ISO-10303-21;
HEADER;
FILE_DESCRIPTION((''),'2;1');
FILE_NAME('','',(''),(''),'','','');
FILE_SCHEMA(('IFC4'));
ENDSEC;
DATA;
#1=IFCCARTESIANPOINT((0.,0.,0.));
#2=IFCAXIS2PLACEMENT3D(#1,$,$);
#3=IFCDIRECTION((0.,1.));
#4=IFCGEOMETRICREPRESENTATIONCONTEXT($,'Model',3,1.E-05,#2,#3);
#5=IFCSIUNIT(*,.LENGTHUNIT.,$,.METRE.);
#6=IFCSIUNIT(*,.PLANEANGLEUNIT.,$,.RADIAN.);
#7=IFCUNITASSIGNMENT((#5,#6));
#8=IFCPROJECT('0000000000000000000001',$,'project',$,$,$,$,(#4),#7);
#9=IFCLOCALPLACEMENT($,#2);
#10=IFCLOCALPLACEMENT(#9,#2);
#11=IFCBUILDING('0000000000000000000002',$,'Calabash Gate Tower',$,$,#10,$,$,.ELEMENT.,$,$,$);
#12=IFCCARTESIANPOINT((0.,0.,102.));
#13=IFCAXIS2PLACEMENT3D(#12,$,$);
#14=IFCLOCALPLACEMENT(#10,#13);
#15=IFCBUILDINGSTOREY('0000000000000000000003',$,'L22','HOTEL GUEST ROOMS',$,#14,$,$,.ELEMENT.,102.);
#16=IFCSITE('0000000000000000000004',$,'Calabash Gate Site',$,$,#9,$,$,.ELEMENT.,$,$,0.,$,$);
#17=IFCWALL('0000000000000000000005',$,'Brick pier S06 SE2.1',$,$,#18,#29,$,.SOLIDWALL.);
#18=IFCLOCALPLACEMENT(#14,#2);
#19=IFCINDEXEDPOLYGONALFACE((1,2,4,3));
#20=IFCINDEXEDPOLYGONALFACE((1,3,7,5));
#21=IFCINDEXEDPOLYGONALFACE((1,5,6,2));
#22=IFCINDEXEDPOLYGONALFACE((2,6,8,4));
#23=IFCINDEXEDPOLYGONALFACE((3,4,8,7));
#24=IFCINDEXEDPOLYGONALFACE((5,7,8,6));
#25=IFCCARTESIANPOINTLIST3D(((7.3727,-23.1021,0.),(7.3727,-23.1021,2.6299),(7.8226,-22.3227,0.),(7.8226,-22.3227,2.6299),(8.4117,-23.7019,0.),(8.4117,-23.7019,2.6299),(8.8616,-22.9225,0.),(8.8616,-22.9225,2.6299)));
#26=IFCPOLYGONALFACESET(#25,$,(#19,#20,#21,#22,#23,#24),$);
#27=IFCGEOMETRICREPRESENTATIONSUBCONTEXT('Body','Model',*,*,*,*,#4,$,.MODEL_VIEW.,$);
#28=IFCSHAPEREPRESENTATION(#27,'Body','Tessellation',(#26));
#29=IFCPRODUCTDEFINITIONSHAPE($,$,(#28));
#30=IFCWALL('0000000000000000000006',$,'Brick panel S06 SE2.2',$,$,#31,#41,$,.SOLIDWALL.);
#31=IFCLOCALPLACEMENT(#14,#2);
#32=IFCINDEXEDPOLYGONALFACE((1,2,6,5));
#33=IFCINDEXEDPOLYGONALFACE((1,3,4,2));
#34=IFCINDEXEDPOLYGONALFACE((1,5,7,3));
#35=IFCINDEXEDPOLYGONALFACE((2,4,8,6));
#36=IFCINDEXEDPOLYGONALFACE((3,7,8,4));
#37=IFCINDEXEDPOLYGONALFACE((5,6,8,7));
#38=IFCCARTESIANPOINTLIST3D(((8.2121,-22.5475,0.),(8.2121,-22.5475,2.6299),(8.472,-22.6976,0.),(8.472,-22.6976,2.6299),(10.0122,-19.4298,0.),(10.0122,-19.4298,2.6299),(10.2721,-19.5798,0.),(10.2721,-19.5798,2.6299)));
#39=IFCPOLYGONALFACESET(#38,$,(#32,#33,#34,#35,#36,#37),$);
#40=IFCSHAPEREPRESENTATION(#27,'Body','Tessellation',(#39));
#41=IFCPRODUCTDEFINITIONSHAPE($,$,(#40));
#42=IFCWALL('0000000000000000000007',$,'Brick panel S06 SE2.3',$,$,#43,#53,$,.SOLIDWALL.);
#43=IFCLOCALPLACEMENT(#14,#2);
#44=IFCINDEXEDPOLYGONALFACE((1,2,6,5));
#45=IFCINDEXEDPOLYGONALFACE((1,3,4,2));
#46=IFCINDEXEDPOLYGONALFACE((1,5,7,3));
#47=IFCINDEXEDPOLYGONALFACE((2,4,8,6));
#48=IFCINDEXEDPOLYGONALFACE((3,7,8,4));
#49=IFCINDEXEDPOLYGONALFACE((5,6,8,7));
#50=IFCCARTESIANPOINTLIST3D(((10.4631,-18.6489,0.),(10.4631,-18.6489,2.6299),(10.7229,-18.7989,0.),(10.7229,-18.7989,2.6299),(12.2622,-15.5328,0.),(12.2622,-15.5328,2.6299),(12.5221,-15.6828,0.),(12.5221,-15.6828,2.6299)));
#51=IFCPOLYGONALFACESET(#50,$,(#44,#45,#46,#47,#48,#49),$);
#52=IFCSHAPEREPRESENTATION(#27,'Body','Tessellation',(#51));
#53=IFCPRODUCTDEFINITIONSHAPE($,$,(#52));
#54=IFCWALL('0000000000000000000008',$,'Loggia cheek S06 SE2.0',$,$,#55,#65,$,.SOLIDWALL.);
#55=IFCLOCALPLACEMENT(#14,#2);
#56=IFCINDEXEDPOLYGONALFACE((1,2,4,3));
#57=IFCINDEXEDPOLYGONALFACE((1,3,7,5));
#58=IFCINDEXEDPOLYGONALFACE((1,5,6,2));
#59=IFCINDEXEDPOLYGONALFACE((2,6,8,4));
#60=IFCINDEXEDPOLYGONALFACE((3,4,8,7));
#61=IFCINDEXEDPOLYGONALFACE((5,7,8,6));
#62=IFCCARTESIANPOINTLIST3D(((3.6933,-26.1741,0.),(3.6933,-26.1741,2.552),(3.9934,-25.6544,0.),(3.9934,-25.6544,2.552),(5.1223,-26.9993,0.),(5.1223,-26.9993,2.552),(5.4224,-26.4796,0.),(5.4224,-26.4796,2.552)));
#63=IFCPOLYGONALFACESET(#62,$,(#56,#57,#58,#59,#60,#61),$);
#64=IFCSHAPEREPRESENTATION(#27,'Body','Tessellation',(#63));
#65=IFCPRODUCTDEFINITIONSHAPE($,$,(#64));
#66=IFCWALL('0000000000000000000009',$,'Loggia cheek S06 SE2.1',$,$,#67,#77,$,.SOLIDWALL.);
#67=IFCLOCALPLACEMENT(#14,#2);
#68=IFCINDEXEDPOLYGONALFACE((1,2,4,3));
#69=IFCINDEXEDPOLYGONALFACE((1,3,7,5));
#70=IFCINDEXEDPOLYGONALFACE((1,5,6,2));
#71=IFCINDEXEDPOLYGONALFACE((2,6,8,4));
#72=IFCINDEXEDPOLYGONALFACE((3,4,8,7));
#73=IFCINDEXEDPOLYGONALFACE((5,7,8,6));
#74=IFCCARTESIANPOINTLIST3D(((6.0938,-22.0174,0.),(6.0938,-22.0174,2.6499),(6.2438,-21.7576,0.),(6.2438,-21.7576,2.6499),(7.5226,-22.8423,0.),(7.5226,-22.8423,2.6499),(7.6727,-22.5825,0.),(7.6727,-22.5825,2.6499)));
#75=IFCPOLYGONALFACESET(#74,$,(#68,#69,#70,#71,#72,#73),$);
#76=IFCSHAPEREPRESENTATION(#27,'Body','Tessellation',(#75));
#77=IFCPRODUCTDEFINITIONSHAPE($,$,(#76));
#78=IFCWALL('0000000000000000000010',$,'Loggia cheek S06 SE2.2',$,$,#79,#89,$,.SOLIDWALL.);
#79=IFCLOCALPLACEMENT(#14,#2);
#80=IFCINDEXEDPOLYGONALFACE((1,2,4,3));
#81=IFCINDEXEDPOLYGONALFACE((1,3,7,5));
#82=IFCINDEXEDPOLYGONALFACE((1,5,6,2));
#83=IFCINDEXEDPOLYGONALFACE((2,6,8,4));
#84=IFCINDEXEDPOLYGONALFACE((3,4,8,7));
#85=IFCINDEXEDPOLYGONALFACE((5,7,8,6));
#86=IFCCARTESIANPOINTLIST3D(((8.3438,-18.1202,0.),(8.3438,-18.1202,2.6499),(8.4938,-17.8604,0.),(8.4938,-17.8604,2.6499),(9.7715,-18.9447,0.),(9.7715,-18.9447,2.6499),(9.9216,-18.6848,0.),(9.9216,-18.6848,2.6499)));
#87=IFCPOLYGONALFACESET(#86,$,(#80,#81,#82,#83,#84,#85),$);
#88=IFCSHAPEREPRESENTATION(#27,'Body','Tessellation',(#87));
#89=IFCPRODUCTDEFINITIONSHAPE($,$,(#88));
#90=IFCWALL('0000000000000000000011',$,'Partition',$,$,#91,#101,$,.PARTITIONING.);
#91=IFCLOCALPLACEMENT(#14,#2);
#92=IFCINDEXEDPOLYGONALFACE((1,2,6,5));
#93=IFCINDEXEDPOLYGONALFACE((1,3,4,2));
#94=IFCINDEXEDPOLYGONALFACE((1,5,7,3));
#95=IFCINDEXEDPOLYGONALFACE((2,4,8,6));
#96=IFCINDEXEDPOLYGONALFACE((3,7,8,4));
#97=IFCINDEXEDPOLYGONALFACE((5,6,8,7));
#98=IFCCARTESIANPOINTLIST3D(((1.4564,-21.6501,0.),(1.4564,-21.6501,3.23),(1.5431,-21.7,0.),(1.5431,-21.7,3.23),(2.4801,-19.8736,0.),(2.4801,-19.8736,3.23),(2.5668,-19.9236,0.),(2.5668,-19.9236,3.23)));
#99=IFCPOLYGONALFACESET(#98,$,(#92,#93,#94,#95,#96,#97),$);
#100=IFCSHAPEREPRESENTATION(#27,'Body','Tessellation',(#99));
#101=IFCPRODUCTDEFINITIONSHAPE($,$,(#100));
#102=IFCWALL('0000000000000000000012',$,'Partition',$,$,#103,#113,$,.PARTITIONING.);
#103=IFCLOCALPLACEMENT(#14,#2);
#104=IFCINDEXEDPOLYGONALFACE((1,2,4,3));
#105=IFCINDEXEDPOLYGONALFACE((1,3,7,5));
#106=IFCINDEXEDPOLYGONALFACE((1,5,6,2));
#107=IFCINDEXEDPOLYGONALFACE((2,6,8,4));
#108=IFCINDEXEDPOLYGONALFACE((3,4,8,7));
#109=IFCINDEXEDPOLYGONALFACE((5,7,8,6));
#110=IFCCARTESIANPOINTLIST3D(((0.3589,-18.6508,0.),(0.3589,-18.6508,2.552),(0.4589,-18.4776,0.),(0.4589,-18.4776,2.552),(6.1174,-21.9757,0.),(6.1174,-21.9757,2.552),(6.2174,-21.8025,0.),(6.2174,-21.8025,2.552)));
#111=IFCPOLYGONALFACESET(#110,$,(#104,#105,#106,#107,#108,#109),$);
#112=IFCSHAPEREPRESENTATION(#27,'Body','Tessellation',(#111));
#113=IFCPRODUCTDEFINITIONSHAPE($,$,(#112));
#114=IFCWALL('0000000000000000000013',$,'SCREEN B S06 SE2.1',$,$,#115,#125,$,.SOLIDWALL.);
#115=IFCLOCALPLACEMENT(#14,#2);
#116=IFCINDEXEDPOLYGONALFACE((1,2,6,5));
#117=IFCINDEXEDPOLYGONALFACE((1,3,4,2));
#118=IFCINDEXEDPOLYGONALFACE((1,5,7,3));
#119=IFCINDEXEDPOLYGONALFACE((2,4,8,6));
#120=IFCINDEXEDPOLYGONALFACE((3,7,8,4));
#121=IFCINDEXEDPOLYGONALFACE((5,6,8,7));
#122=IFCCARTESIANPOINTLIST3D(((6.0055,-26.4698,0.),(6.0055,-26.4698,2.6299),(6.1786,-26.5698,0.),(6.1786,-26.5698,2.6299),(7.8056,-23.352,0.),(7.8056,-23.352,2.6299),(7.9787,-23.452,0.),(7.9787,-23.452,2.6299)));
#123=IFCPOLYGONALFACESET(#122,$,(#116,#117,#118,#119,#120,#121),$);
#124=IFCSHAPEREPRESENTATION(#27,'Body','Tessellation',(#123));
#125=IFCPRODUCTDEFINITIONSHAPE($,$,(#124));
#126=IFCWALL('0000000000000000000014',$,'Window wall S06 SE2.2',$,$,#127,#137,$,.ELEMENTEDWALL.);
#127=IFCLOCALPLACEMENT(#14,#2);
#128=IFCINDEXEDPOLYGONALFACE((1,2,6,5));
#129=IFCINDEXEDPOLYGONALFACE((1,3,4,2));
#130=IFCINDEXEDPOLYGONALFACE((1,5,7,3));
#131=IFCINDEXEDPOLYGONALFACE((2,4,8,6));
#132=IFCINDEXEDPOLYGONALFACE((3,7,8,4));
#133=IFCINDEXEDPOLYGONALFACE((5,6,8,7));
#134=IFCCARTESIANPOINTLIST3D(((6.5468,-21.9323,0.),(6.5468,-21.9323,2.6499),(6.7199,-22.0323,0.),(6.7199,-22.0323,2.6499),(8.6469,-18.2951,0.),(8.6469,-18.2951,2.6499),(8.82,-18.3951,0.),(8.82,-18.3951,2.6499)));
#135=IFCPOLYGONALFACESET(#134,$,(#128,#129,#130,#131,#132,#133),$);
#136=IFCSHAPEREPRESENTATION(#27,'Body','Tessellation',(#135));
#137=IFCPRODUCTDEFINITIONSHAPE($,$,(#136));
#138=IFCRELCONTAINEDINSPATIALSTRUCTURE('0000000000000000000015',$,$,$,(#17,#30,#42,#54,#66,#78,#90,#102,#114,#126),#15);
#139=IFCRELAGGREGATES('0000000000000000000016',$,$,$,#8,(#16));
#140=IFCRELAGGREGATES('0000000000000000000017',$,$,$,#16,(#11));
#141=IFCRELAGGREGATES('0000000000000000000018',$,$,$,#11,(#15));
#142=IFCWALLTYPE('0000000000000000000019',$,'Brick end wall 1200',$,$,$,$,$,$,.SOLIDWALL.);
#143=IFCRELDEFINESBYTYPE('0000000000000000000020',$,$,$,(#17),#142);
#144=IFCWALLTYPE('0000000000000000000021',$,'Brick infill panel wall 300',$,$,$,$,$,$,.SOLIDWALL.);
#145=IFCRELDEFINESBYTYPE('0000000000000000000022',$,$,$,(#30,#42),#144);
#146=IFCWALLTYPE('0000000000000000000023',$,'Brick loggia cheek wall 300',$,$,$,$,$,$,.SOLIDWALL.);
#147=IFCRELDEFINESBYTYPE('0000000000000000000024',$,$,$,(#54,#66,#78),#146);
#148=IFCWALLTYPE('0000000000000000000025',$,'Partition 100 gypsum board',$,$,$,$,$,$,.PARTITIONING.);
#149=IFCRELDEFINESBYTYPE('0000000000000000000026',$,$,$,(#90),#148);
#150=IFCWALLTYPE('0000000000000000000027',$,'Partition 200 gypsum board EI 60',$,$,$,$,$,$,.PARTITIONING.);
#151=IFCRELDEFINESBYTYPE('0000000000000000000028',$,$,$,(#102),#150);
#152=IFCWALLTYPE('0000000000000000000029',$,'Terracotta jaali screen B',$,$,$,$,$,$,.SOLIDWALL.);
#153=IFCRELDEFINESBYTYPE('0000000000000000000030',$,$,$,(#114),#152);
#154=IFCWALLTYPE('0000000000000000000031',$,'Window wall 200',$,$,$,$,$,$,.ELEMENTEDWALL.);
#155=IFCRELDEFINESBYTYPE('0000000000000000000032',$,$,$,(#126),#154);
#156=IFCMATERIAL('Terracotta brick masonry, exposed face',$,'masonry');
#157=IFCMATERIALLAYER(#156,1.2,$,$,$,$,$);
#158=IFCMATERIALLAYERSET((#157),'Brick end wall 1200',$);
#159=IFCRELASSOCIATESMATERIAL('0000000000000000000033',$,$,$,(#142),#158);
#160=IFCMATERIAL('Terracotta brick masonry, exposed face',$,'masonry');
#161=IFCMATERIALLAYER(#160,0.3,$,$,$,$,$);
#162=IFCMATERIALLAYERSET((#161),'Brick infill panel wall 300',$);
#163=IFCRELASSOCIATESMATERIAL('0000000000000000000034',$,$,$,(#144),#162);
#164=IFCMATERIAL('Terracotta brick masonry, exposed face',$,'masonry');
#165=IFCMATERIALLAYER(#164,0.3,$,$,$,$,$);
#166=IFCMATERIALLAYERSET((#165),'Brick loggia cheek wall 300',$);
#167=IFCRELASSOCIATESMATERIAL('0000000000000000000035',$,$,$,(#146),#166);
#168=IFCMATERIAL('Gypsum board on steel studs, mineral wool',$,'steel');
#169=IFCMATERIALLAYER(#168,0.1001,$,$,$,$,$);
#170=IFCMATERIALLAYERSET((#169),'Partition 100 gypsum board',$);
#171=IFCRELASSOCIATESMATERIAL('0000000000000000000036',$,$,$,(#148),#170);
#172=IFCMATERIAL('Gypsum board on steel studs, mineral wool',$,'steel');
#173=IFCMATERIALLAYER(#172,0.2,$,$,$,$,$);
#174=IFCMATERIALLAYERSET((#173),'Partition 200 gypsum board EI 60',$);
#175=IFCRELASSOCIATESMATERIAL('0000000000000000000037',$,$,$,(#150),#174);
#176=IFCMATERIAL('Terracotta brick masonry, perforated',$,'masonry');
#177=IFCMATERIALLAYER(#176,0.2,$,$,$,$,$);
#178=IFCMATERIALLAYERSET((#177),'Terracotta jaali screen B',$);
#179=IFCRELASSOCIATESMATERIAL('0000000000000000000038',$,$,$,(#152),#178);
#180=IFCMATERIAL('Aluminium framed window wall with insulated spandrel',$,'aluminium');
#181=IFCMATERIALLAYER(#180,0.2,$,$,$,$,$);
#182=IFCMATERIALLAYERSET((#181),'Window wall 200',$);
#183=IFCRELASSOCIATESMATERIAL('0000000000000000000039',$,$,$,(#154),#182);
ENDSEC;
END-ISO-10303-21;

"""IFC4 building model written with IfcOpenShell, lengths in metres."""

from ifc_helpers import new_model, si_unit, direction, frame, frame_2d, origin, place, context, subcontext, project, spatial, rectangle, extrude, material, layer, layer_set, type_object, element, save


model = new_model("IFC4")

# Units and contexts
model_context = context("Model", 3, precision=1e-05, world=origin(), true_north=direction((0.0, 1.0)))
body_context = subcontext(model_context, "Body", "Model", "MODEL_VIEW")
ifc_project = project(units=[si_unit("LENGTHUNIT", "METRE"), si_unit("PLANEANGLEUNIT", "RADIAN")], contexts=[model_context])

# Site, building, storey
site_placement = place(None, origin())
site = spatial("IfcSite", under=ifc_project, at=site_placement, Name="Calabash Gate Site", CompositionType="ELEMENT", RefElevation=0.0)
building_placement = place(site_placement, origin())
building = spatial("IfcBuilding", under=site, at=building_placement, Name="Calabash Gate Tower", CompositionType="ELEMENT")
storey_placement = place(building_placement, frame((0.0, 0.0, 102.0)))
storey = spatial("IfcBuildingStorey", under=building, at=storey_placement, Name="L22", Description="HOTEL GUEST ROOMS", CompositionType="ELEMENT", Elevation=102.0)

# Walls
ifc_material_1 = material(Name="Terracotta brick masonry, exposed face", Category="masonry")
ifc_layer_1 = layer(ifc_material_1, 1.2)
ifc_layer_set_1 = layer_set([ifc_layer_1], Name="Brick end wall 1200")
wall_type_1 = type_object("IfcWallType", Name="Brick end wall 1200", PredefinedType="SOLIDWALL", material=ifc_layer_set_1)
wall_1_placement = place(storey_placement, frame((7.5977, -22.7124, 0.0), z_axis=(0.0, 0.0, 1.0), x_axis=(0.866043, -0.499969, 0.0)))
element("IfcWall", 1, at=wall_1_placement, inside=storey, type_object=wall_type_1, Name="Brick pier S06 SE2.1", PredefinedType="SOLIDWALL", context=body_context, shape_type="SweptSolid", body=[
    extrude(rectangle(XDim=1.1997, YDim=0.8999, at=frame_2d((0.5999, 0.0))), origin(), (0.0, 0.0, 1.0), 2.6299),
])
ifc_material_2 = material(Name="Terracotta brick masonry, exposed face", Category="masonry")
ifc_layer_2 = layer(ifc_material_2, 0.3)
ifc_layer_set_2 = layer_set([ifc_layer_2], Name="Brick infill panel wall 300")
wall_type_2 = type_object("IfcWallType", Name="Brick infill panel wall 300", PredefinedType="SOLIDWALL", material=ifc_layer_set_2)
wall_2_placement = place(storey_placement, frame((8.342, -22.6226, 0.0), z_axis=(0.0, 0.0, 1.0), x_axis=(0.500012, 0.866018, 0.0)))
element("IfcWall", 2, at=wall_2_placement, inside=storey, type_object=wall_type_2, Name="Brick panel S06 SE2.2", PredefinedType="SOLIDWALL", context=body_context, shape_type="SweptSolid", body=[
    extrude(rectangle(XDim=3.6001, YDim=0.3, at=frame_2d((1.8, 0.0))), origin(), (0.0, 0.0, 1.0), 2.6299),
])
wall_3_placement = place(storey_placement, frame((10.593, -18.7239, 0.0), z_axis=(0.0, 0.0, 1.0), x_axis=(0.500014, 0.866017, 0.0)))
element("IfcWall", 3, at=wall_3_placement, inside=storey, type_object=wall_type_2, Name="Brick panel S06 SE2.3", PredefinedType="SOLIDWALL", context=body_context, shape_type="SweptSolid", body=[
    extrude(rectangle(XDim=3.5981, YDim=0.3, at=frame_2d((1.7991, 0.0))), origin(), (0.0, 0.0, 1.0), 2.6299),
])
ifc_material_3 = material(Name="Terracotta brick masonry, exposed face", Category="masonry")
ifc_layer_3 = layer(ifc_material_3, 0.3)
ifc_layer_set_3 = layer_set([ifc_layer_3], Name="Brick loggia cheek wall 300")
wall_type_3 = type_object("IfcWallType", Name="Brick loggia cheek wall 300", PredefinedType="SOLIDWALL", material=ifc_layer_set_3)
wall_4_placement = place(storey_placement, frame((5.2725, -26.7395, 0.0), z_axis=(0.0, 0.0, 1.0), x_axis=(-0.865976, 0.500085, 0.0)))
element("IfcWall", 4, at=wall_4_placement, inside=storey, type_object=wall_type_3, Name="Loggia cheek S06 SE2.0", PredefinedType="SOLIDWALL", context=body_context, shape_type="SweptSolid", body=[
    extrude(rectangle(XDim=1.6501, YDim=0.6001, at=frame_2d((0.8252, 0.0))), origin(), (0.0, 0.0, 1.0), 2.552),
])
wall_5_placement = place(storey_placement, frame((7.5977, -22.7124, 0.0), z_axis=(0.0, 0.0, 1.0), x_axis=(-0.86604, 0.499974, 0.0)))
element("IfcWall", 5, at=wall_5_placement, inside=storey, type_object=wall_type_3, Name="Loggia cheek S06 SE2.1", PredefinedType="SOLIDWALL", context=body_context, shape_type="SweptSolid", body=[
    extrude(rectangle(XDim=1.6499, YDim=0.3, at=frame_2d((0.825, 0.0))), origin(), (0.0, 0.0, 1.0), 2.6499),
])
wall_6_placement = place(storey_placement, frame((9.8464, -18.8147, 0.0), z_axis=(0.0, 0.0, 1.0), x_axis=(-0.865983, 0.500073, 0.0)))
element("IfcWall", 6, at=wall_6_placement, inside=storey, type_object=wall_type_3, Name="Loggia cheek S06 SE2.2", PredefinedType="SOLIDWALL", context=body_context, shape_type="SweptSolid", body=[
    extrude(rectangle(XDim=1.6487, YDim=0.3, at=frame_2d((0.8242, 0.0))), origin(), (0.0, 0.0, 1.0), 2.6499),
])
ifc_material_4 = material(Name="Gypsum board on steel studs, mineral wool", Category="steel")
ifc_layer_4 = layer(ifc_material_4, 0.1001)
ifc_layer_set_4 = layer_set([ifc_layer_4], Name="Partition 100 gypsum board")
wall_type_4 = type_object("IfcWallType", Name="Partition 100 gypsum board", PredefinedType="PARTITIONING", material=ifc_layer_set_4)
wall_7_placement = place(storey_placement, frame((1.4998, -21.675, 0.0), z_axis=(0.0, 0.0, 1.0), x_axis=(0.499303, 0.866427, 0.0)))
element("IfcWall", 7, at=wall_7_placement, inside=storey, type_object=wall_type_4, Name="Partition", PredefinedType="PARTITIONING", context=body_context, shape_type="SweptSolid", body=[
    extrude(rectangle(XDim=2.0503, YDim=0.1001, at=frame_2d((1.0251, 0.0))), origin(), (0.0, 0.0, 1.0), 3.23),
])
ifc_material_5 = material(Name="Gypsum board on steel studs, mineral wool", Category="steel")
ifc_layer_5 = layer(ifc_material_5, 0.2)
ifc_layer_set_5 = layer_set([ifc_layer_5], Name="Partition 200 gypsum board EI 60")
wall_type_5 = type_object("IfcWallType", Name="Partition 200 gypsum board EI 60", PredefinedType="PARTITIONING", material=ifc_layer_set_5)
wall_8_placement = place(storey_placement, frame((0.4089, -18.5642, 0.0), z_axis=(0.0, 0.0, 1.0), x_axis=(0.866009, -0.500029, 0.0)))
element("IfcWall", 8, at=wall_8_placement, inside=storey, type_object=wall_type_5, Name="Partition", PredefinedType="PARTITIONING", context=body_context, shape_type="SweptSolid", body=[
    extrude(rectangle(XDim=6.6494, YDim=0.2, at=frame_2d((3.3247, 0.0))), origin(), (0.0, 0.0, 1.0), 2.552),
])
ifc_material_6 = material(Name="Terracotta brick masonry, perforated", Category="masonry")
ifc_layer_6 = layer(ifc_material_6, 0.2)
ifc_layer_set_6 = layer_set([ifc_layer_6], Name="Terracotta jaali screen B")
wall_type_6 = type_object("IfcWallType", Name="Terracotta jaali screen B", PredefinedType="SOLIDWALL", material=ifc_layer_set_6)
wall_9_placement = place(storey_placement, frame((6.092, -26.5198, 0.0), z_axis=(0.0, 0.0, 1.0), x_axis=(0.500012, 0.866018, 0.0)))
element("IfcWall", 9, at=wall_9_placement, inside=storey, type_object=wall_type_6, Name="SCREEN B S06 SE2.1", PredefinedType="SOLIDWALL", context=body_context, shape_type="SweptSolid", body=[
    extrude(rectangle(XDim=3.6001, YDim=0.2, at=frame_2d((1.8, 0.0))), origin(), (0.0, 0.0, 1.0), 2.6299),
])

# Shared definitions
ifc_material_7 = material(Name="Aluminium framed window wall with insulated spandrel", Category="aluminium")
ifc_layer_7 = layer(ifc_material_7, 0.2)
ifc_layer_set_7 = layer_set([ifc_layer_7], Name="Window wall 200")
wall_type_7 = type_object("IfcWallType", Name="Window wall 200", PredefinedType="ELEMENTEDWALL", material=ifc_layer_set_7)

# Wall
wall_10_placement = place(storey_placement, frame((6.6333, -21.9824, 0.0), z_axis=(0.0, 0.0, 1.0), x_axis=(0.500028, 0.866009, 0.0)))
element("IfcWall", 10, at=wall_10_placement, inside=storey, type_object=wall_type_7, Name="Window wall S06 SE2.2", PredefinedType="ELEMENTEDWALL", context=body_context, shape_type="SweptSolid", body=[
    extrude(rectangle(XDim=4.2, YDim=0.2, at=frame_2d((2.1001, 0.0))), origin(), (0.0, 0.0, 1.0), 2.6499),
])

save(model, "model.ifc")
